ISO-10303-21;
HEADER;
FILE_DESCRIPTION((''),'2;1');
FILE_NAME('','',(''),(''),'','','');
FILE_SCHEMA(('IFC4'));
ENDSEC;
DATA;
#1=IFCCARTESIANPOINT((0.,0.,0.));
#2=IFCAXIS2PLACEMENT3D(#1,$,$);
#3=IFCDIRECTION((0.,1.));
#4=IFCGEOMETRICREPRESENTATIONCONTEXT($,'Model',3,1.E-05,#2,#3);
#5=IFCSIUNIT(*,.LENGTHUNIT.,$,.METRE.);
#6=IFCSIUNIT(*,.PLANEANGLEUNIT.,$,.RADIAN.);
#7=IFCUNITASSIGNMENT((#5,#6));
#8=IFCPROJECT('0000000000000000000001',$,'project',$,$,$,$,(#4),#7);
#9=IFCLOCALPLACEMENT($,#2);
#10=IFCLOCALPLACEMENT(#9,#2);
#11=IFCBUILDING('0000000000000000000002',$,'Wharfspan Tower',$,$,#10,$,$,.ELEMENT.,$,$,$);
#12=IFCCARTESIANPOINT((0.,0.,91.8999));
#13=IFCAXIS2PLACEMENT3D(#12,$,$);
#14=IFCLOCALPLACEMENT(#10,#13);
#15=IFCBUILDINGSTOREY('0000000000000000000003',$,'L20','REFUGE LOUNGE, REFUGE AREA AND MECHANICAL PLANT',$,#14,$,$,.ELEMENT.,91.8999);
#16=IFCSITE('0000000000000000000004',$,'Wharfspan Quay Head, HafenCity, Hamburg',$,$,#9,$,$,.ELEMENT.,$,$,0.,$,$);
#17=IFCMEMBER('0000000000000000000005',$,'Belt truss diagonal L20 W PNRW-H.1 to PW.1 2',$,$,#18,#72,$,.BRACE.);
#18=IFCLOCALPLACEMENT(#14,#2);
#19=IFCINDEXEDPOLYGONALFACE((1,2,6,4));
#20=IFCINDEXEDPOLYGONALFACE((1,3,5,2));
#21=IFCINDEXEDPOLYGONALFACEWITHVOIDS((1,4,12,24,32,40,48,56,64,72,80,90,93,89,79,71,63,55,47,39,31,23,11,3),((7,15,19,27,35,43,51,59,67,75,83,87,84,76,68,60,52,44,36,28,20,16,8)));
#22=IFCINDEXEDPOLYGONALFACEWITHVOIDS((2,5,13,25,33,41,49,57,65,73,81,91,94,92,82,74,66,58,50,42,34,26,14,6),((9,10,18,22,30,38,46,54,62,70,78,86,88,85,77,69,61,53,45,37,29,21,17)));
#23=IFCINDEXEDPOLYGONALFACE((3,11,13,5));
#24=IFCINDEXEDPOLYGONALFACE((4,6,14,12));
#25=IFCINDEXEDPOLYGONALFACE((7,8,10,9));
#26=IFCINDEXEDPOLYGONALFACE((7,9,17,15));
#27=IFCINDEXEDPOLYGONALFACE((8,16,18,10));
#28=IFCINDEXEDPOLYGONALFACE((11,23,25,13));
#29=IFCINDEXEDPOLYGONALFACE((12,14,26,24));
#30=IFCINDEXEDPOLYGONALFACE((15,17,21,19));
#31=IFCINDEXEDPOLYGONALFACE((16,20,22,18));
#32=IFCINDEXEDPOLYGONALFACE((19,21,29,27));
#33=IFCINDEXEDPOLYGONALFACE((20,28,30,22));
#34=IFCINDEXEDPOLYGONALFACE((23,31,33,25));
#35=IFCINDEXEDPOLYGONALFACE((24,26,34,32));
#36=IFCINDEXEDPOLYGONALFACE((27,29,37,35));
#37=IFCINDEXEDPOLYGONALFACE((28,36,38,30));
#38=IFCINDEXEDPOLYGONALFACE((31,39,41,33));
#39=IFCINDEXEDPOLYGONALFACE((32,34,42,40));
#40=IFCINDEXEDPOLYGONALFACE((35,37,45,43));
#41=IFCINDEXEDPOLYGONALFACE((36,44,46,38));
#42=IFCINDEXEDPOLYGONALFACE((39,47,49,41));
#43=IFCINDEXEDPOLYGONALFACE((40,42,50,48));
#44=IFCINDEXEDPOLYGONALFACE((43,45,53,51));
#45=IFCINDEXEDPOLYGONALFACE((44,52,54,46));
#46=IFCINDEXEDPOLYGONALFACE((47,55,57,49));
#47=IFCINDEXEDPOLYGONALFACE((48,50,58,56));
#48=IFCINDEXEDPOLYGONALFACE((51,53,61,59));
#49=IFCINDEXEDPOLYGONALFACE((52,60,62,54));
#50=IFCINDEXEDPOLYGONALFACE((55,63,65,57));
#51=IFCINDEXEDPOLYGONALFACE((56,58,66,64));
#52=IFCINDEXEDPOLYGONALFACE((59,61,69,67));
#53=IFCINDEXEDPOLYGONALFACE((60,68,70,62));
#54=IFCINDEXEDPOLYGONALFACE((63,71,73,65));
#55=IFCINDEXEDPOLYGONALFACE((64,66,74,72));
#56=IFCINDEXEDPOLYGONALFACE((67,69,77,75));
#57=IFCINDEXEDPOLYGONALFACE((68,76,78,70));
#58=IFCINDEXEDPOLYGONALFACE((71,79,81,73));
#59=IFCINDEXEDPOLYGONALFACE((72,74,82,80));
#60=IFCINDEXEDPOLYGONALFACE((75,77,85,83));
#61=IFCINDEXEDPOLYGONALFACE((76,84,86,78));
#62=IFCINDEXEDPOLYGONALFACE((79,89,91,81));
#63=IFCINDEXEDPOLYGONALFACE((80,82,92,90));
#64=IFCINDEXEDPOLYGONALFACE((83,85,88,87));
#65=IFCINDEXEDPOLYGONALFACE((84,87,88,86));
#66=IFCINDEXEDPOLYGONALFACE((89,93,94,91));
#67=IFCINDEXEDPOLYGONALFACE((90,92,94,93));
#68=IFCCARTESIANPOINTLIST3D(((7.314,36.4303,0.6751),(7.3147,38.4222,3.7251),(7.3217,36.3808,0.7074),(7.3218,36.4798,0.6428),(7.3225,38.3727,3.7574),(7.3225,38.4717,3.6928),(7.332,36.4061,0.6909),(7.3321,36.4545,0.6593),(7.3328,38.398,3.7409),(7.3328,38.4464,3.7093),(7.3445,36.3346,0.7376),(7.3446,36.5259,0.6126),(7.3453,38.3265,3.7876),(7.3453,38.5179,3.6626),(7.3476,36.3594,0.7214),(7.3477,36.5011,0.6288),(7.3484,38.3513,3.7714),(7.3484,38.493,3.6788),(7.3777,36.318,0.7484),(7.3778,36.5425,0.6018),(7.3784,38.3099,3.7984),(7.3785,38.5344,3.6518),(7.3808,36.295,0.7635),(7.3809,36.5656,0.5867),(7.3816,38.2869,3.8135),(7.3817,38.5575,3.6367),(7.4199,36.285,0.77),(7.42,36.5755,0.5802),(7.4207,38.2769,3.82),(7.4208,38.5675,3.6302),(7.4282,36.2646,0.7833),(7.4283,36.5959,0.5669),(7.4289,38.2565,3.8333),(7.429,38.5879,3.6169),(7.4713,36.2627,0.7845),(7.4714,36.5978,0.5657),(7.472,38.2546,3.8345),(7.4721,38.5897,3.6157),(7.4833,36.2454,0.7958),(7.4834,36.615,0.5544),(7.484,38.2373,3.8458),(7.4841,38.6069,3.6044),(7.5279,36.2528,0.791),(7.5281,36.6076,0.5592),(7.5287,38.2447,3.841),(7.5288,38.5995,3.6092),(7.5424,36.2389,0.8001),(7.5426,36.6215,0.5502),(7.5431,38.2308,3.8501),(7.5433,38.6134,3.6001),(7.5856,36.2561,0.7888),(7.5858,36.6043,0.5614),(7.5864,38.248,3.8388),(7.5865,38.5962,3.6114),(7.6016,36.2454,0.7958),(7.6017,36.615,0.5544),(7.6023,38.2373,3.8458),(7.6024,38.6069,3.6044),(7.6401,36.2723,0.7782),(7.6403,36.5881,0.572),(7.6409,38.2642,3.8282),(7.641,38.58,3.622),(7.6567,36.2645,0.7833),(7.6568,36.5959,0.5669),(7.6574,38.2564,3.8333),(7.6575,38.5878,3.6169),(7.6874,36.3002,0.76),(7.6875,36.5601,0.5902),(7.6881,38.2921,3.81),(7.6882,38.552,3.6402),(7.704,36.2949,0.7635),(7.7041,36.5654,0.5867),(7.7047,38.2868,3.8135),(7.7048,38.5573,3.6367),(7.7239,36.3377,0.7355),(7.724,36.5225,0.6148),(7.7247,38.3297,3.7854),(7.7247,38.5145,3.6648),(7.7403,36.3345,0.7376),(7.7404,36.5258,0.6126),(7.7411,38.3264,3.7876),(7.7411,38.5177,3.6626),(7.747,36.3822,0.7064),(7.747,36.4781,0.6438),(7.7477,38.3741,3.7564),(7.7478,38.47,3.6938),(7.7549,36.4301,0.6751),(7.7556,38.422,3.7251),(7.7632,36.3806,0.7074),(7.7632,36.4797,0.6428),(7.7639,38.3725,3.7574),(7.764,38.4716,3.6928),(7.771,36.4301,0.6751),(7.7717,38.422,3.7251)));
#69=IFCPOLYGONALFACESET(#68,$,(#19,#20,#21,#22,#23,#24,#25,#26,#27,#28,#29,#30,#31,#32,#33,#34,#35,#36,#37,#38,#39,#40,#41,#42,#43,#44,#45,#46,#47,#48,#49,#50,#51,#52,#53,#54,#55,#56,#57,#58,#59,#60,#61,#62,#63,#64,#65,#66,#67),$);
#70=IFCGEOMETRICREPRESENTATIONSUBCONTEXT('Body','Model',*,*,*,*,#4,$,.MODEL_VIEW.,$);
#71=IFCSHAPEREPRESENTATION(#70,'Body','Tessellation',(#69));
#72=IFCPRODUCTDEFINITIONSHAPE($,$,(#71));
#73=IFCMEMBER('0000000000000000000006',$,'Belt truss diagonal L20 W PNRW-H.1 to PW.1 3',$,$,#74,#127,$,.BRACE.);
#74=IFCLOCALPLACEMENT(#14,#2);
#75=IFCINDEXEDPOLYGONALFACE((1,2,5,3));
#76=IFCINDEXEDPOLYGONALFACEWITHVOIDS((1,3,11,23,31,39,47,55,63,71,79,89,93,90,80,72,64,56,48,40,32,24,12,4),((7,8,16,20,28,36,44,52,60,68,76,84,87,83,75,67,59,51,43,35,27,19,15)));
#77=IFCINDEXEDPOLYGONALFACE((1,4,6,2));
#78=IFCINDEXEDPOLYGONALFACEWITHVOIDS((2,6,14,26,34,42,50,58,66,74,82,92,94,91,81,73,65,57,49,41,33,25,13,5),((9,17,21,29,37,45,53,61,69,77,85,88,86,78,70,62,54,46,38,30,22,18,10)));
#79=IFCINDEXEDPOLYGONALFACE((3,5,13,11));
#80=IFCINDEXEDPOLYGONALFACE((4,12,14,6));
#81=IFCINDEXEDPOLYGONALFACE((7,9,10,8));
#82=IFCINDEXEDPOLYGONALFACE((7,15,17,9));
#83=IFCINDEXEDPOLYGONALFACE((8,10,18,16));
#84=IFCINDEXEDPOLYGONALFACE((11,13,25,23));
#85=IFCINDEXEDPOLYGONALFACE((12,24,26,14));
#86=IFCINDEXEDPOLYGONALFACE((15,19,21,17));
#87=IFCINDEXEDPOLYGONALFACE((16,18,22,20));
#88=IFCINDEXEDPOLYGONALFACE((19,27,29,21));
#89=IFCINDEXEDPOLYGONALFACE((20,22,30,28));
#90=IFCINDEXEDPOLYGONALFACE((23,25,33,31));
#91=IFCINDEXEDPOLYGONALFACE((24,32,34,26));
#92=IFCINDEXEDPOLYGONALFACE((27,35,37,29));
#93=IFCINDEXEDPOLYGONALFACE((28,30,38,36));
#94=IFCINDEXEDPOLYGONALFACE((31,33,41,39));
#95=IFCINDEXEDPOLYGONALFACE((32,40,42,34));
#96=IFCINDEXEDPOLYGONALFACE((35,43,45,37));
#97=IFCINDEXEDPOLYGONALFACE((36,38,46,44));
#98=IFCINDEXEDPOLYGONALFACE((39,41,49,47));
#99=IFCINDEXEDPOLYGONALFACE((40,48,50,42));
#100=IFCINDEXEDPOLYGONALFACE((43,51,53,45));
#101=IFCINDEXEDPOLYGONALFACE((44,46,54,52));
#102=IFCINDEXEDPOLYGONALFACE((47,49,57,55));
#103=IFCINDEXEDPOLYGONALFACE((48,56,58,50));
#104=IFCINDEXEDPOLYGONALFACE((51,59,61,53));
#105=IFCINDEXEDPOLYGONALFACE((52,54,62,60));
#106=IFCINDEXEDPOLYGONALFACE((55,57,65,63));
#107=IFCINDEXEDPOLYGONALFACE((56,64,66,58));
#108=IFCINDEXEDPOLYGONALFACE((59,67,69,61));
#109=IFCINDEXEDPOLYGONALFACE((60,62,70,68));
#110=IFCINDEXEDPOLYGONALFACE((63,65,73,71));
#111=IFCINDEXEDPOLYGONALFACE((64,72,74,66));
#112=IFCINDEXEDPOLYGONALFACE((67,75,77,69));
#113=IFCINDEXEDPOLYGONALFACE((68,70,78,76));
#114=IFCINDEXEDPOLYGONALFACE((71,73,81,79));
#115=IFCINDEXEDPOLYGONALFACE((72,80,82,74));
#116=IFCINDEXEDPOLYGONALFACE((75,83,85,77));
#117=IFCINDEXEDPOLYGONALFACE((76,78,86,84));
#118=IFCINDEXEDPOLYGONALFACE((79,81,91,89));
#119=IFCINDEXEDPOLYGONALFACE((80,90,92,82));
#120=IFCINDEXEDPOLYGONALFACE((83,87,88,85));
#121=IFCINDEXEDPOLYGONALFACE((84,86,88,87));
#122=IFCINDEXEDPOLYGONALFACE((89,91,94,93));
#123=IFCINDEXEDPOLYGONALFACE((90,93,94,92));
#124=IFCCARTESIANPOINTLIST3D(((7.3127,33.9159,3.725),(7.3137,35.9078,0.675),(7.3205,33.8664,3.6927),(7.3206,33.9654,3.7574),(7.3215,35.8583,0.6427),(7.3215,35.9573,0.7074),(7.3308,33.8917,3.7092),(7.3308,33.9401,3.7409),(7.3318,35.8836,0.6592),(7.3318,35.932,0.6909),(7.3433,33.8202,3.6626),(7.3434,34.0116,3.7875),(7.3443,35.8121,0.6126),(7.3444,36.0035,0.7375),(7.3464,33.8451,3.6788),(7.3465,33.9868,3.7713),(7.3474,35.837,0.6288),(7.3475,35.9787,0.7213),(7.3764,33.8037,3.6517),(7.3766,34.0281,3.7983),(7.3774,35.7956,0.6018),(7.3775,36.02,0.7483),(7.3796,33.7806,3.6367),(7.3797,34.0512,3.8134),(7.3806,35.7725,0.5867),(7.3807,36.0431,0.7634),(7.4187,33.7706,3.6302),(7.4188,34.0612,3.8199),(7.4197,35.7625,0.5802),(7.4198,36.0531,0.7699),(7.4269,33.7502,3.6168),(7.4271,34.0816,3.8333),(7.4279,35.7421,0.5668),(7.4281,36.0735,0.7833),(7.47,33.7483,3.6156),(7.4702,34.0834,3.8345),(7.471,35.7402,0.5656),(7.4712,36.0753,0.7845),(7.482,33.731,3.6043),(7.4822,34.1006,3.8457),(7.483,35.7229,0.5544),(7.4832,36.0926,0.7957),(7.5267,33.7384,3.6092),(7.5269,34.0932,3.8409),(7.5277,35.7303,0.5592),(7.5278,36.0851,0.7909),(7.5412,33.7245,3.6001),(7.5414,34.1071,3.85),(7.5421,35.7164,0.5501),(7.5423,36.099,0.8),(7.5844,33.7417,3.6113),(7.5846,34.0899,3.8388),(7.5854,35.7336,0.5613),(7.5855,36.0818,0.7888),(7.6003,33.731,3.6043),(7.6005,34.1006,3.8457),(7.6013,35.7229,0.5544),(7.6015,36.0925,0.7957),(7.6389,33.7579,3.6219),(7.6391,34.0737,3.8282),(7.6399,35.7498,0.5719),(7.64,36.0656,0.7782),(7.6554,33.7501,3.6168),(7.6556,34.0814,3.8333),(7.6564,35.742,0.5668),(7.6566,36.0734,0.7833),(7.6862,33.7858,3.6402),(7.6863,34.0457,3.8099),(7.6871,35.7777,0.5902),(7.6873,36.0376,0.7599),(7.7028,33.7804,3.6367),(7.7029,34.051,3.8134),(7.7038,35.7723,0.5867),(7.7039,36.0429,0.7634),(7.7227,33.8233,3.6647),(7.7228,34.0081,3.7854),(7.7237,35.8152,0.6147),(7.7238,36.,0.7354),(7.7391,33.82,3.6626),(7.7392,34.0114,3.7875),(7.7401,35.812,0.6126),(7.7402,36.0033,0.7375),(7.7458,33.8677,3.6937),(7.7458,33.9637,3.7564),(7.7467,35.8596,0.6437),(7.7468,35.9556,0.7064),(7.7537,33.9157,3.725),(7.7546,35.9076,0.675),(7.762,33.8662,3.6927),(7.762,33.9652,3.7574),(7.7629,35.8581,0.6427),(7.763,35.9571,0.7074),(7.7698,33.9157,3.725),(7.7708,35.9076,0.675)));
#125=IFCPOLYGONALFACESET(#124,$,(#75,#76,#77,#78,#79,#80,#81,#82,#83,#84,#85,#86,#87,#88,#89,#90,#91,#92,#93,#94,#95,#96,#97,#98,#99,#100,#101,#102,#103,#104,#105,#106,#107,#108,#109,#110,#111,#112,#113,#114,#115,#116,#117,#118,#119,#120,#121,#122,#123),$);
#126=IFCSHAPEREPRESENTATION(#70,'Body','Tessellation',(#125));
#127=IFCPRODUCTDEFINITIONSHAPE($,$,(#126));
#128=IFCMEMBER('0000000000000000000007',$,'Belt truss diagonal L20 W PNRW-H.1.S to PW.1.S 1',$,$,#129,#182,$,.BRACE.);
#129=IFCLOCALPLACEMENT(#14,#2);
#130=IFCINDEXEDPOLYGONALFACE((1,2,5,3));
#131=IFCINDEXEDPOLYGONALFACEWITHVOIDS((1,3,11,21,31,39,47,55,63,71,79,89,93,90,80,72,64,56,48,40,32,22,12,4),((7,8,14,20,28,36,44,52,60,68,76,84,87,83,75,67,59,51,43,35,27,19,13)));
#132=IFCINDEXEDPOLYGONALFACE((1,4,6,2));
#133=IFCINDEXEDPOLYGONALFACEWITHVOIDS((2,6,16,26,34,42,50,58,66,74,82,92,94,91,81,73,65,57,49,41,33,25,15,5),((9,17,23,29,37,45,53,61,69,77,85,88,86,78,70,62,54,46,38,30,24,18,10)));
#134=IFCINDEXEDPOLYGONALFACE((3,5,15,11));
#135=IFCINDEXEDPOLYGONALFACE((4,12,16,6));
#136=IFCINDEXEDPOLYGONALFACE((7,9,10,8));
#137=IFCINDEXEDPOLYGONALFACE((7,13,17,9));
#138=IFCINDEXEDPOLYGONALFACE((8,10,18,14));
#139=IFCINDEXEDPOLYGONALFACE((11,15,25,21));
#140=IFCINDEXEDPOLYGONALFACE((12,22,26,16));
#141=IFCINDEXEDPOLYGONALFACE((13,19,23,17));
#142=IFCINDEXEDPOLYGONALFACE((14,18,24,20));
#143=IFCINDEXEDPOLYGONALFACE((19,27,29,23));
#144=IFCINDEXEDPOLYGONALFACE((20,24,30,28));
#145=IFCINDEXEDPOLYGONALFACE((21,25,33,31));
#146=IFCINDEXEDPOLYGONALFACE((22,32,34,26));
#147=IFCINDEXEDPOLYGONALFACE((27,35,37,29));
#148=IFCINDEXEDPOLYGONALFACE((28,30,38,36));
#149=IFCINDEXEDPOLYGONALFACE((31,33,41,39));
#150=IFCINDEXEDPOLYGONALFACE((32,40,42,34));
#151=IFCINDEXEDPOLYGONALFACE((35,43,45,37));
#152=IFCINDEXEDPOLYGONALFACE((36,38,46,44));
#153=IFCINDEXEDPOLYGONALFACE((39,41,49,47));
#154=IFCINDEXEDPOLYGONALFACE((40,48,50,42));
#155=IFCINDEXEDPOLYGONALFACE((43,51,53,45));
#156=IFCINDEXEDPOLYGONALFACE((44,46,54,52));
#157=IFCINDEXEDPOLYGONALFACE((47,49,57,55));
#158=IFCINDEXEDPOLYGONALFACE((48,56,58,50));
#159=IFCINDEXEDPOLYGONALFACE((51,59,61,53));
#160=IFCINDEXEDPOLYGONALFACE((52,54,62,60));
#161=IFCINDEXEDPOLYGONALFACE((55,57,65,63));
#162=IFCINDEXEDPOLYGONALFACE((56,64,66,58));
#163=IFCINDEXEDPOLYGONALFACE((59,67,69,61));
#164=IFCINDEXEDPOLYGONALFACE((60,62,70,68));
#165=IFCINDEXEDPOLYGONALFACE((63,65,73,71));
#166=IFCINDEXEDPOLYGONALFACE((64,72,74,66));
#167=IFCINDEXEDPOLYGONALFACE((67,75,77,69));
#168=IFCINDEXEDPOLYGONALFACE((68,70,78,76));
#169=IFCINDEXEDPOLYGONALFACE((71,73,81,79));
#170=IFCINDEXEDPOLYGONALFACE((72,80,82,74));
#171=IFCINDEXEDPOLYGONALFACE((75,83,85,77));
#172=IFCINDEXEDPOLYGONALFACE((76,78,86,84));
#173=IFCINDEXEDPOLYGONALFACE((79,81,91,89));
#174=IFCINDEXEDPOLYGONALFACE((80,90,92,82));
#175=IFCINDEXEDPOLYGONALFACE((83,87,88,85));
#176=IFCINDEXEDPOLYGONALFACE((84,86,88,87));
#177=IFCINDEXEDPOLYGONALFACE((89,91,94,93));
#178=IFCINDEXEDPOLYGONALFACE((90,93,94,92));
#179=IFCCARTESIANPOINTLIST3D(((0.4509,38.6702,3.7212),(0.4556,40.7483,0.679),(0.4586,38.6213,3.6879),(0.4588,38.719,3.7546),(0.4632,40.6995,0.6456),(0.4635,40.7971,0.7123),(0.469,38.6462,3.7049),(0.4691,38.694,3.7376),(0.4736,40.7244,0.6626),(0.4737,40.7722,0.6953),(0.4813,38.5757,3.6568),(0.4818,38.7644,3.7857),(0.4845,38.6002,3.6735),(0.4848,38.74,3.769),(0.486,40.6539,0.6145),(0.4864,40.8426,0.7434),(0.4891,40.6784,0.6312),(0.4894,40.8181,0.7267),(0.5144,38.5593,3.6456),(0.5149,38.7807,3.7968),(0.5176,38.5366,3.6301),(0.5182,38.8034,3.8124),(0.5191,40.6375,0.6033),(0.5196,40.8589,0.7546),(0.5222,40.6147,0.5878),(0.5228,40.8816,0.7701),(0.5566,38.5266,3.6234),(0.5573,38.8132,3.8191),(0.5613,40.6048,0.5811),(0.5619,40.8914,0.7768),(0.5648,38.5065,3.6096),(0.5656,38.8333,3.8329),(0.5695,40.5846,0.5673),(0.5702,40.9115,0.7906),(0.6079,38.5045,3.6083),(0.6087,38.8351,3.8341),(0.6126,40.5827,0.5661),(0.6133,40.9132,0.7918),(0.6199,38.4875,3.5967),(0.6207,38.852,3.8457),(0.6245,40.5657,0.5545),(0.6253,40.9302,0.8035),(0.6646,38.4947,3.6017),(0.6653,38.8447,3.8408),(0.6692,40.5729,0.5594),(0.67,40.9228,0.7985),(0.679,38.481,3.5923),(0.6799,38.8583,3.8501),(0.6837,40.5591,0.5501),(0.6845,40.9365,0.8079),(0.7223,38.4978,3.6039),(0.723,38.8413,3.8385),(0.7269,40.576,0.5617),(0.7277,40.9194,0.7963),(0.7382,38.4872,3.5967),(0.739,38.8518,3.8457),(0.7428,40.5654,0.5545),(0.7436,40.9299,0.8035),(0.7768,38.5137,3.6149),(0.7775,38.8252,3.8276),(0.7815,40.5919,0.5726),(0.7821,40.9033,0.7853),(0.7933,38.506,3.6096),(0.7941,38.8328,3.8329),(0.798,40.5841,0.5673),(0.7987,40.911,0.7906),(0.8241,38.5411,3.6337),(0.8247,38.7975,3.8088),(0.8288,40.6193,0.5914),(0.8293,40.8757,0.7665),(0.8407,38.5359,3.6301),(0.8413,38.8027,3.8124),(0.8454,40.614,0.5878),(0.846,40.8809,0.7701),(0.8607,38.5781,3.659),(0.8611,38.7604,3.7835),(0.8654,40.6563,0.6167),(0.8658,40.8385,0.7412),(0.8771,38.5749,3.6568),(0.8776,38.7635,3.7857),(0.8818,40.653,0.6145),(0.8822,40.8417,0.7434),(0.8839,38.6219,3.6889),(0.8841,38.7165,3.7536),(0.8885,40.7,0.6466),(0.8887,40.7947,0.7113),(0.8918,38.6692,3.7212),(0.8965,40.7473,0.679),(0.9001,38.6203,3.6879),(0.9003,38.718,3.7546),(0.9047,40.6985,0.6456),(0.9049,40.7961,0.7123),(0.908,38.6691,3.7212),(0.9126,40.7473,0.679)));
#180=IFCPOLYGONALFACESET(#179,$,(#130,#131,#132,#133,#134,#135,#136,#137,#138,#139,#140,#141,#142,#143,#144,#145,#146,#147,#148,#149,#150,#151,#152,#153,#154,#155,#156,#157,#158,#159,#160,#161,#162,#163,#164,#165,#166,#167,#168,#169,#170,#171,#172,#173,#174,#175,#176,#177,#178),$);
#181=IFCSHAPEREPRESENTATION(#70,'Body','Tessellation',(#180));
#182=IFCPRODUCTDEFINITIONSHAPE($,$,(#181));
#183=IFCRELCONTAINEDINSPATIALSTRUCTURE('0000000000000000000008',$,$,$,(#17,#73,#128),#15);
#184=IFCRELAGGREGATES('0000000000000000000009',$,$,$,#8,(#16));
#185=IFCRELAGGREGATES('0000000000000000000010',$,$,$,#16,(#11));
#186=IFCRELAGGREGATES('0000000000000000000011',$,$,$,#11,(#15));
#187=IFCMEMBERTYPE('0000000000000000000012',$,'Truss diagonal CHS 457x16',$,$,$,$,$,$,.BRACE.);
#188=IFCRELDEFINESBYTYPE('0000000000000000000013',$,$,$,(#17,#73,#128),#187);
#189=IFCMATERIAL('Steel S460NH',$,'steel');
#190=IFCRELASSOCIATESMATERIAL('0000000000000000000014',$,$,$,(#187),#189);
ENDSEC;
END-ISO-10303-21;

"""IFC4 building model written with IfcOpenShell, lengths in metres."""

from ifc_helpers import new_model, si_unit, direction, frame, origin, origin_2d, place, context, subcontext, project, spatial, hollow_circle, extrude, material, material_profile, profile_set, type_object, element, save


model = new_model("IFC4")

# Units and contexts
model_context = context("Model", 3, precision=1e-05, world=origin(), true_north=direction((0.0, 1.0)))
body_context = subcontext(model_context, "Body", "Model", "MODEL_VIEW")
ifc_project = project(units=[si_unit("LENGTHUNIT", "METRE"), si_unit("PLANEANGLEUNIT", "RADIAN")], contexts=[model_context])

# Site, building, storey
site_placement = place(None, origin())
site = spatial("IfcSite", under=ifc_project, at=site_placement, Name="Wharfspan Quay Head, HafenCity, Hamburg", CompositionType="ELEMENT", RefElevation=0.0)
building_placement = place(site_placement, origin())
building = spatial("IfcBuilding", under=site, at=building_placement, Name="Wharfspan Tower", CompositionType="ELEMENT")
storey_placement = place(building_placement, frame((0.0, 0.0, 91.8999)))
storey = spatial("IfcBuildingStorey", under=building, at=storey_placement, Name="L20", Description="REFUGE LOUNGE, REFUGE AREA AND MECHANICAL PLANT", CompositionType="ELEMENT", Elevation=91.8999)

# Members
ifc_material_1 = material(Name="Steel S460NH", Category="steel")
ifc_material_profile_1 = material_profile(ifc_material_1, hollow_circle(Radius=0.2285, WallThickness=0.0161, at=origin_2d()))
ifc_profile_set_1 = profile_set([ifc_material_profile_1], Name="Steel S460NH")
member_type_1 = type_object("IfcMemberType", Name="Truss diagonal CHS 457x16", PredefinedType="BRACE", material=ifc_profile_set_1)
for number, where, z_axis, x_axis, name in (
    (1, (7.5432, 38.4221, 3.7251), (-0.000201, -0.546803, -0.837261), (0.999998, -0.000366, -0.000001), "Belt truss diagonal L20 W PNRW-H.1 to PW.1 2"),
    (2, (7.5422, 35.9077, 0.675), (-0.000268, -0.546803, 0.837261), (0.999996, -0.000487, 0.000002), "Belt truss diagonal L20 W PNRW-H.1 to PW.1 3"),
):
    element("IfcMember", number, at=place(storey_placement, frame(where, z_axis=z_axis, x_axis=x_axis)), inside=storey, type_object=member_type_1, Name=name, PredefinedType="BRACE", context=body_context, shape_type="SweptSolid", body=[
        extrude(hollow_circle(Radius=0.2285, WallThickness=0.0161, at=origin_2d()), origin(), (0.0, 0.0, 1.0), 3.6428),
    ])
for number, where, z_axis, x_axis, name in (
    (3, (0.6841, 40.7478, 0.679), (-0.001259, -0.564054, 0.825737), (1.000002, -0.002235, -0.000002), "Belt truss diagonal L20 W PNRW-H.1.S to PW.1.S 1"),
):
    element("IfcMember", number, at=place(storey_placement, frame(where, z_axis=z_axis, x_axis=x_axis)), inside=storey, type_object=member_type_1, Name=name, PredefinedType="BRACE", context=body_context, shape_type="SweptSolid", body=[
        extrude(hollow_circle(Radius=0.2285, WallThickness=0.0161, at=origin_2d()), origin(), (0.0, 0.0, 1.0), 3.6843),
    ])

save(model, "model.ifc")
